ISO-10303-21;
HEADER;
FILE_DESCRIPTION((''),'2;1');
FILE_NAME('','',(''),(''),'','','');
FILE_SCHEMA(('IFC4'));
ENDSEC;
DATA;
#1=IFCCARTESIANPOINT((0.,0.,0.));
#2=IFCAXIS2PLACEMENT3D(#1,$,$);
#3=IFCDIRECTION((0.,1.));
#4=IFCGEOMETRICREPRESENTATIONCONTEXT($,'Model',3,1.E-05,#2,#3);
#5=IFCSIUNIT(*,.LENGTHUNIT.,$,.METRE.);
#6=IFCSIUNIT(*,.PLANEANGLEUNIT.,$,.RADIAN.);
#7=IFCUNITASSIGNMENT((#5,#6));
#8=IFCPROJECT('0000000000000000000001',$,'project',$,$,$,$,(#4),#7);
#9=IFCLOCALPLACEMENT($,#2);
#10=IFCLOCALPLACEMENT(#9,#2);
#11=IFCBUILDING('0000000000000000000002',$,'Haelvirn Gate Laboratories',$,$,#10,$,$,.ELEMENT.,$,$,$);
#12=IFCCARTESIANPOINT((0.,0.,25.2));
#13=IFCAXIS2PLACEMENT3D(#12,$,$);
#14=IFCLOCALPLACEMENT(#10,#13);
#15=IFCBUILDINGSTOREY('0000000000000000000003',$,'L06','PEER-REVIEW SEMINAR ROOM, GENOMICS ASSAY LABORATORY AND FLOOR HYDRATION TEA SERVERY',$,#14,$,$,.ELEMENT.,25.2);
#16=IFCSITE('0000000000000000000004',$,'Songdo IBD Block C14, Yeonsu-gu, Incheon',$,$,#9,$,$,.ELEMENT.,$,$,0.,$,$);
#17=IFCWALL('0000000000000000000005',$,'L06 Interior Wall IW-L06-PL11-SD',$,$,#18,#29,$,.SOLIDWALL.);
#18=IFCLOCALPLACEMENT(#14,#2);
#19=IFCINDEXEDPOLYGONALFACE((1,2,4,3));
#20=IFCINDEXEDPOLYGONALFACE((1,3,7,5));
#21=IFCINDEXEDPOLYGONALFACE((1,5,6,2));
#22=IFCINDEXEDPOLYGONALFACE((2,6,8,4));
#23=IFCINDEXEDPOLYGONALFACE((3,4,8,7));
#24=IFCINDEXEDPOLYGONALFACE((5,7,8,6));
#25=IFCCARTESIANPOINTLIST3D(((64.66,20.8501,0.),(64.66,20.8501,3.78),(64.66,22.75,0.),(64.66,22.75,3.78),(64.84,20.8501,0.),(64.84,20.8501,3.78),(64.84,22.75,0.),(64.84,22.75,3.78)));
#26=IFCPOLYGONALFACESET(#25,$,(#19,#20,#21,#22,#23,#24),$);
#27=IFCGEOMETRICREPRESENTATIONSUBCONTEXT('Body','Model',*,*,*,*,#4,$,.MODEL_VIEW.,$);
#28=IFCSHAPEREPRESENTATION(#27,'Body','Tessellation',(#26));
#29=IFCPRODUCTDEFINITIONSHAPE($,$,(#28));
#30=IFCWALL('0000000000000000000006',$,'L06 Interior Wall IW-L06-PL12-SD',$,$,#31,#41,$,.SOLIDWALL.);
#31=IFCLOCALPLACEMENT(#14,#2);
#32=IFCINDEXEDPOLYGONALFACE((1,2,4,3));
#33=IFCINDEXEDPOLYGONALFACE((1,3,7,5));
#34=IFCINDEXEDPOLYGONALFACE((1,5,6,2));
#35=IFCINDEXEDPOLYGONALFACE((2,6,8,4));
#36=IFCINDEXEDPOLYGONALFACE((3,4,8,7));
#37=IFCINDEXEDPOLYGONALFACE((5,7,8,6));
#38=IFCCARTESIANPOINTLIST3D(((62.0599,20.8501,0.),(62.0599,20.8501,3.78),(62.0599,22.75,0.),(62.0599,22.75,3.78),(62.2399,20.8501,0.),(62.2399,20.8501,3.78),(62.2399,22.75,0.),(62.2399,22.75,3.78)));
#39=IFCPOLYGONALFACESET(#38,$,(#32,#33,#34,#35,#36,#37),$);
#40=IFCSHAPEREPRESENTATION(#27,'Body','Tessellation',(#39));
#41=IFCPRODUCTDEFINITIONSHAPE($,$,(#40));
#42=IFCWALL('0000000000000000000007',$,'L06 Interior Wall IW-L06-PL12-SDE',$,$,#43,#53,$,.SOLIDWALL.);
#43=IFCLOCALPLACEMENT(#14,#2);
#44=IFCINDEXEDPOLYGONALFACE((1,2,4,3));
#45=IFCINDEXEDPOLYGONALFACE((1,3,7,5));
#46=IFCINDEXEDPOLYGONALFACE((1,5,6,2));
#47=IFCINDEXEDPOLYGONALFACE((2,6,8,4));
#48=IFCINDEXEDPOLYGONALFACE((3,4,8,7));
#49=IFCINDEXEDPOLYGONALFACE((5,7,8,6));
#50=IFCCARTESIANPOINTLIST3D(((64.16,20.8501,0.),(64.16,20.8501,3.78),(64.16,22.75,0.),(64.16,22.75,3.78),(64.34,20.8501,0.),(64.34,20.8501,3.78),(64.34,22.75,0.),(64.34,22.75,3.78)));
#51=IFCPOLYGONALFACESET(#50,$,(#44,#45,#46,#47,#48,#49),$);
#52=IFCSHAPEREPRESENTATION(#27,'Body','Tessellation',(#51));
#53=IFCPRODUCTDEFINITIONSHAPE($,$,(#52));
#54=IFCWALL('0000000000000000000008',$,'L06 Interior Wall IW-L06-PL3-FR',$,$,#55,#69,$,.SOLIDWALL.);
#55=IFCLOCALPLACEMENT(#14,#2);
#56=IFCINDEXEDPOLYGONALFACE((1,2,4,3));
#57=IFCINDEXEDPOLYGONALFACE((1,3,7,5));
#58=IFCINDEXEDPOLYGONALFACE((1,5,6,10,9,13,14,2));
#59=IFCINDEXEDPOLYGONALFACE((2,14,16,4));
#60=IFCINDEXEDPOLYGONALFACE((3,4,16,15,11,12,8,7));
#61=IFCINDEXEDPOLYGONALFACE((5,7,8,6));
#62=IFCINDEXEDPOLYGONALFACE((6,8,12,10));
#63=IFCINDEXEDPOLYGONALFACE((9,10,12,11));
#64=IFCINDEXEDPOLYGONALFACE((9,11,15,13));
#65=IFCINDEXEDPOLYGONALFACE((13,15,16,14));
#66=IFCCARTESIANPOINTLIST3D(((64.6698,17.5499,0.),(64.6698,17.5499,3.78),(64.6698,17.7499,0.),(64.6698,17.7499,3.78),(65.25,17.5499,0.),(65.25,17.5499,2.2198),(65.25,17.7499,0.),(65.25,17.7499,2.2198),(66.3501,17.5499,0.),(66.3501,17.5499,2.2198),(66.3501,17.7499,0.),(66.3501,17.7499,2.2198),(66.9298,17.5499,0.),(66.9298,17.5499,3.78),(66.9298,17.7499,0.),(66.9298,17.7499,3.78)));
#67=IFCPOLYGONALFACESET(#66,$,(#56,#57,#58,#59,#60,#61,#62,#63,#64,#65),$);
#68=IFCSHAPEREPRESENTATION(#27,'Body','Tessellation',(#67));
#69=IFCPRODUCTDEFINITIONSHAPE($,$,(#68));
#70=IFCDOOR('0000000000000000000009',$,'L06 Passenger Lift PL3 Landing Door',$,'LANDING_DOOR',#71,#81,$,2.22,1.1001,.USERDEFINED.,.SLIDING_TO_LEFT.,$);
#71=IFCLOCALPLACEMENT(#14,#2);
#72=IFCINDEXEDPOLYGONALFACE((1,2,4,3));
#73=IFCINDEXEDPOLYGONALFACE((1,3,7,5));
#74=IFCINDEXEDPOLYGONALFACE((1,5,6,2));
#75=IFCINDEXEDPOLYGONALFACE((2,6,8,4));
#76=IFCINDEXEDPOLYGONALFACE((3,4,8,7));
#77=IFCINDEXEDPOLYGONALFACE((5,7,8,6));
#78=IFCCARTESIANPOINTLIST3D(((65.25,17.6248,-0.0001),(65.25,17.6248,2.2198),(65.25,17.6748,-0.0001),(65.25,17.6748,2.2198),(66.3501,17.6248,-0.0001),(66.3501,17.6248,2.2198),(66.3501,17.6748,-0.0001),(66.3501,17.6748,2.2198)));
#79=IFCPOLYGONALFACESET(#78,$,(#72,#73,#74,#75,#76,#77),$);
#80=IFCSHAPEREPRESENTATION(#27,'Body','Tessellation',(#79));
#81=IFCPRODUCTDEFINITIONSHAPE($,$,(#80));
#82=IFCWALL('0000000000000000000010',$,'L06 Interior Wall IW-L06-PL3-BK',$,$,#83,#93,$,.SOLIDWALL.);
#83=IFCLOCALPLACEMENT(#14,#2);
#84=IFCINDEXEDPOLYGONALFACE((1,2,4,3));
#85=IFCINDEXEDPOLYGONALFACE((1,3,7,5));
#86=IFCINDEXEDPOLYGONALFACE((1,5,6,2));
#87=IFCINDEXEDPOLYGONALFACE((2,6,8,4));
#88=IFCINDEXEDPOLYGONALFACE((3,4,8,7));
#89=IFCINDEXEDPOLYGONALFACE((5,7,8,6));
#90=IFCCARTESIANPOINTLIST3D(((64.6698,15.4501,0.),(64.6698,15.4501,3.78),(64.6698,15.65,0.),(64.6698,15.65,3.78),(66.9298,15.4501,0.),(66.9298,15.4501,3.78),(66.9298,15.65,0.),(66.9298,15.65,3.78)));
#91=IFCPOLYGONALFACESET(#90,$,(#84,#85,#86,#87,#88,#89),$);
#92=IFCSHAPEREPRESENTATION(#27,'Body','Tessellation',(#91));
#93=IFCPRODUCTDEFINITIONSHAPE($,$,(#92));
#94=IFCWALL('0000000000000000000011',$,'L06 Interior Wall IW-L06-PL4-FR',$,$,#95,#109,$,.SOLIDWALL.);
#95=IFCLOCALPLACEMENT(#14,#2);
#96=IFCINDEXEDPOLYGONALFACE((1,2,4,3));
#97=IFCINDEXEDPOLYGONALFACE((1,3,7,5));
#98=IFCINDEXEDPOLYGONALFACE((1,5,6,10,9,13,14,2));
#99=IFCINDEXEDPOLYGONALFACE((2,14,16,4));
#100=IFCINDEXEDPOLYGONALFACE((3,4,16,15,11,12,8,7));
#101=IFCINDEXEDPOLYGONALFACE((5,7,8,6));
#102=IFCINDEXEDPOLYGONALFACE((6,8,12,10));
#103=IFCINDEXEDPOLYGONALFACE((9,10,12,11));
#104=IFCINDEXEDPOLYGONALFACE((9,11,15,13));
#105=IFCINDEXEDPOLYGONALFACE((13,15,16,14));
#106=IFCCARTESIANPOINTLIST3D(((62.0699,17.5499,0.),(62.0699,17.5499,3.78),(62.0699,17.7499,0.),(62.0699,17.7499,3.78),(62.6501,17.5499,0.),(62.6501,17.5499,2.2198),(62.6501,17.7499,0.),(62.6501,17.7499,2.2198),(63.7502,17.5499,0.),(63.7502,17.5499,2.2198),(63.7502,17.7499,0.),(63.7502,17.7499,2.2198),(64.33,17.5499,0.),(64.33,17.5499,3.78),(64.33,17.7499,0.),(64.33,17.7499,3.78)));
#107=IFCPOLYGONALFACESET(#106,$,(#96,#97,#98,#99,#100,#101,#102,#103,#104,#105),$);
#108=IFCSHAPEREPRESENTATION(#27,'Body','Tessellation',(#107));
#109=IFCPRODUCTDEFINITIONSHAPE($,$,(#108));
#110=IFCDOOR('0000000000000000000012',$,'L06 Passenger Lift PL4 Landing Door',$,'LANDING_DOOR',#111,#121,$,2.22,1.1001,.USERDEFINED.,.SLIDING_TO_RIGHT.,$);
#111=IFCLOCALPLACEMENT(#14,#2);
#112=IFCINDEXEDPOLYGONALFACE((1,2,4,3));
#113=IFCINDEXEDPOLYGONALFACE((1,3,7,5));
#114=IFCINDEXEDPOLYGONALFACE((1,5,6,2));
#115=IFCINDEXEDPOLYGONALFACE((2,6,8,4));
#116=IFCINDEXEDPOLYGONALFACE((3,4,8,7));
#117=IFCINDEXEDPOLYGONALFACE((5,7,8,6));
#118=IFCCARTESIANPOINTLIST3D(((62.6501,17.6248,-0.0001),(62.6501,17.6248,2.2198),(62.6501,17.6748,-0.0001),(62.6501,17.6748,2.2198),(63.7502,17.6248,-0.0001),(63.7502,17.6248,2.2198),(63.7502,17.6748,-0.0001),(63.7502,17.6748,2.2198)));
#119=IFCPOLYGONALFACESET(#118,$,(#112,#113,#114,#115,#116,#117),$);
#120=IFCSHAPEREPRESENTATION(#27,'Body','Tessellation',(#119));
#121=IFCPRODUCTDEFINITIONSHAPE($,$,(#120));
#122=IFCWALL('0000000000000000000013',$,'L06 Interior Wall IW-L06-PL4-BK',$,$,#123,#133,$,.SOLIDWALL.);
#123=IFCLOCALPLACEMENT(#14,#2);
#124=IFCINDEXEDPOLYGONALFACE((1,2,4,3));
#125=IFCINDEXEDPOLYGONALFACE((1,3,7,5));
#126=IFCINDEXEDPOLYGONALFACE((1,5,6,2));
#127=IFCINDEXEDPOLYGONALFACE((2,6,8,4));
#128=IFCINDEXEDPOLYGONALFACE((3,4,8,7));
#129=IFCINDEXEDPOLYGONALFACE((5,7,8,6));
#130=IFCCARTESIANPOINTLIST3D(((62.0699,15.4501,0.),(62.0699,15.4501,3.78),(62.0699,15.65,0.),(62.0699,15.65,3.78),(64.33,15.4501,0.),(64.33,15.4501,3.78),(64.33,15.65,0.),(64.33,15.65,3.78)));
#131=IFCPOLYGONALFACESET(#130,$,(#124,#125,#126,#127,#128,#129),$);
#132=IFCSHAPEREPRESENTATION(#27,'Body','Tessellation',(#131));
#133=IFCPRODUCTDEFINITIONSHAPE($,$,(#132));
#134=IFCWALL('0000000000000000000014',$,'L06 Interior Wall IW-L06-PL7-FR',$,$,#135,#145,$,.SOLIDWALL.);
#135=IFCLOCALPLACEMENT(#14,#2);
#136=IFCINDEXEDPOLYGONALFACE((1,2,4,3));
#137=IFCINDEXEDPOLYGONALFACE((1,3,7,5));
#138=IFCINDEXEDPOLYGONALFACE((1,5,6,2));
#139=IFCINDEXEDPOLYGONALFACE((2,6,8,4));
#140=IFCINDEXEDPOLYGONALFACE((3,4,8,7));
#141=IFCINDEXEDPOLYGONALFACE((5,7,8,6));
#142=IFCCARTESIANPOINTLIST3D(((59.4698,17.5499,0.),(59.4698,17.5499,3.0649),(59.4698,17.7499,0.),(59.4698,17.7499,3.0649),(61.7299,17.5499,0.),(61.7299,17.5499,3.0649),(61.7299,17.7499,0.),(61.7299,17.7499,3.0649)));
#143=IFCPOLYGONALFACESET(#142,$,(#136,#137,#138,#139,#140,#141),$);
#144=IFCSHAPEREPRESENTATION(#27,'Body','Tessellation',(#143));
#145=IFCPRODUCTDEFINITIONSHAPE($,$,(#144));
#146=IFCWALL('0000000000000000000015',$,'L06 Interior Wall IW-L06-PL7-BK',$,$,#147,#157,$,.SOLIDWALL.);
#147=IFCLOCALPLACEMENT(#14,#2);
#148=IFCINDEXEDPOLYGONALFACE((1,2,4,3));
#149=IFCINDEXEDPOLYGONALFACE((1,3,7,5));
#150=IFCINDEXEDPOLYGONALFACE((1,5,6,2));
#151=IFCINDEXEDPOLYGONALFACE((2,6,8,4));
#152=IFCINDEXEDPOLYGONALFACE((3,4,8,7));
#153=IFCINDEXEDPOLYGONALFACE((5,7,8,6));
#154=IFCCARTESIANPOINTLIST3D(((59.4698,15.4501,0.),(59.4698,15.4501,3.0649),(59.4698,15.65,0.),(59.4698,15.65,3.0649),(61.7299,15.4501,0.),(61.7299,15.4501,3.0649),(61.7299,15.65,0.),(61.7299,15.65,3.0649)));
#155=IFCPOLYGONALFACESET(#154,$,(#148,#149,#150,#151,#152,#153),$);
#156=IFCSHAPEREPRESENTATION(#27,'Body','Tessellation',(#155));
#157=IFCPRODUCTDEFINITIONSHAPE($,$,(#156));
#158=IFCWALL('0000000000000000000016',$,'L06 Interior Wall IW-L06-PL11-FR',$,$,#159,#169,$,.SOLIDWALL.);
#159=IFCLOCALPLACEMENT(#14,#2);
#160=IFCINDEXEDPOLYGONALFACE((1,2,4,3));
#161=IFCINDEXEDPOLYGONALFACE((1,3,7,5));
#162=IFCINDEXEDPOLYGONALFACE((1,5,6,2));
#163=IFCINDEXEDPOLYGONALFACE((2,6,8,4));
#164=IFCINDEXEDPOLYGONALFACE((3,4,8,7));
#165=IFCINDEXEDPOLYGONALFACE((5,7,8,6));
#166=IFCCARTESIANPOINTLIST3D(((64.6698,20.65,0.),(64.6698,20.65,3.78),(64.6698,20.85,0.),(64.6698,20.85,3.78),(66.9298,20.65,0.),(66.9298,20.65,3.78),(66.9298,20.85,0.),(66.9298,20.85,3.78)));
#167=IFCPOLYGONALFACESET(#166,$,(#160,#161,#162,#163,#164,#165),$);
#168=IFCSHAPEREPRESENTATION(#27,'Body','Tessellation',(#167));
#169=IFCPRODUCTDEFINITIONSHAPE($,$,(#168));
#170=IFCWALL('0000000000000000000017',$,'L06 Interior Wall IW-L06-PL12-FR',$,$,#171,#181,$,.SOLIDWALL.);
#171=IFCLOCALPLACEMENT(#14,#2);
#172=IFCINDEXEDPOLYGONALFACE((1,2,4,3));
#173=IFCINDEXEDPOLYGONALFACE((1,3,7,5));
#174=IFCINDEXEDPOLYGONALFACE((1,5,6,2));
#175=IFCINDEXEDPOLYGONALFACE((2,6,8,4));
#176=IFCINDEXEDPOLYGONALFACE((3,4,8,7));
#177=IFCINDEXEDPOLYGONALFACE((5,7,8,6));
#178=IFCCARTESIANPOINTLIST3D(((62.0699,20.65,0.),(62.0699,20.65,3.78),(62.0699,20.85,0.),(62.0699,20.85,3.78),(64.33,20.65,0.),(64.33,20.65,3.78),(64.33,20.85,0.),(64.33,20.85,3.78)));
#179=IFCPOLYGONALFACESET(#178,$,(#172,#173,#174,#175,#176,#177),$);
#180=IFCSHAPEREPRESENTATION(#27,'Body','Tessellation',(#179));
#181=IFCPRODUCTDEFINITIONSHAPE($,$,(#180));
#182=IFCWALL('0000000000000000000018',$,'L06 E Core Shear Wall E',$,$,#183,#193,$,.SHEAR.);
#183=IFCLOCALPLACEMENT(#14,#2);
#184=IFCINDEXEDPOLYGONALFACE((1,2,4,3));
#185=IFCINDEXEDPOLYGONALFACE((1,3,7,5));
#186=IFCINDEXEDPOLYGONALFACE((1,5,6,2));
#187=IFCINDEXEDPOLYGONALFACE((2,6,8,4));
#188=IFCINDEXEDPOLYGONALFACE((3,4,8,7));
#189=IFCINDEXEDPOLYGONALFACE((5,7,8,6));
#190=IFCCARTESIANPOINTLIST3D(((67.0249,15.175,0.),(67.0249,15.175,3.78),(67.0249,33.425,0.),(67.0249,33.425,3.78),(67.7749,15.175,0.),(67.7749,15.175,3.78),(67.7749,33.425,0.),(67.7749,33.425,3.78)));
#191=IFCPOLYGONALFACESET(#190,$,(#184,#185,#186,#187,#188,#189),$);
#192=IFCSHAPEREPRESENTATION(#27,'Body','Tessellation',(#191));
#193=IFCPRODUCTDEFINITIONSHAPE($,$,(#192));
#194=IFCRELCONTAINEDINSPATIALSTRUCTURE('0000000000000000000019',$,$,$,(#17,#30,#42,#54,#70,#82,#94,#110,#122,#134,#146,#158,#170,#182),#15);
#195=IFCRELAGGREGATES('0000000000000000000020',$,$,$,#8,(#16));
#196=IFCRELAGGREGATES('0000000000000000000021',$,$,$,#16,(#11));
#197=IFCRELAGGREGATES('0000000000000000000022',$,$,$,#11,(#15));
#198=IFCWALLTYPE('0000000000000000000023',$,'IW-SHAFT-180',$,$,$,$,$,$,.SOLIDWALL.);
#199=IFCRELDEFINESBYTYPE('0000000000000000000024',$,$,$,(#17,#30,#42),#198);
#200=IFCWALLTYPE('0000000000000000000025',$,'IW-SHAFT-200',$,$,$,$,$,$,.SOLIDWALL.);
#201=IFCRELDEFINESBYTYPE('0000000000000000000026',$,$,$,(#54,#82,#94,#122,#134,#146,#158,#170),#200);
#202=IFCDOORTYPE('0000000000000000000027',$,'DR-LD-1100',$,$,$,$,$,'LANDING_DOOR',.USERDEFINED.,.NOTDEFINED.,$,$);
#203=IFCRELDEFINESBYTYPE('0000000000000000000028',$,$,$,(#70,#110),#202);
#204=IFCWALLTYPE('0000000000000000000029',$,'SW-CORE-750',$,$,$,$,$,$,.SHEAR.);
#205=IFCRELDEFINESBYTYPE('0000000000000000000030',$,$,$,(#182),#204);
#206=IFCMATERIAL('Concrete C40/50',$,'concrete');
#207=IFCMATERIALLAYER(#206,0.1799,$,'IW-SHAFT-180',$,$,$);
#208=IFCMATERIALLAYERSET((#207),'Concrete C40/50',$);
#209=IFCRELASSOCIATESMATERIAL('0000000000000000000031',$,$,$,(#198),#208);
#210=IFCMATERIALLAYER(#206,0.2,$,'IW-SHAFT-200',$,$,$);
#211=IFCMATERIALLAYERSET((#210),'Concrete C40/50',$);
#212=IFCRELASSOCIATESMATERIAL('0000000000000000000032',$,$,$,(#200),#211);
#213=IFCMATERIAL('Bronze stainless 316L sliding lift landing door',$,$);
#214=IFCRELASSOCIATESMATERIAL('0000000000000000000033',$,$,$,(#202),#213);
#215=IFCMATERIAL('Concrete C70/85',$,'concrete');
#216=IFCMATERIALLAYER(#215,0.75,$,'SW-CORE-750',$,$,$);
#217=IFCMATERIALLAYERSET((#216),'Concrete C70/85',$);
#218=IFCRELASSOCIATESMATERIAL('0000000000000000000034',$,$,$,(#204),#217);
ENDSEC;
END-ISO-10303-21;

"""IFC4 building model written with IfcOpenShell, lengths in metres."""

from ifc_helpers import new_model, si_unit, direction, frame, frame_2d, origin, place, context, subcontext, project, spatial, rectangle, extrude, source, transform, mapped, material, layer, layer_set, type_object, type_shapes, element, fill, save


model = new_model("IFC4")

# Units and contexts
model_context = context("Model", 3, precision=1e-05, world=origin(), true_north=direction((0.0, 1.0)))
body_context = subcontext(model_context, "Body", "Model", "MODEL_VIEW")
ifc_project = project(units=[si_unit("LENGTHUNIT", "METRE"), si_unit("PLANEANGLEUNIT", "RADIAN")], contexts=[model_context])

# Site, building, storey
site_placement = place(None, origin())
site = spatial("IfcSite", under=ifc_project, at=site_placement, Name="Songdo IBD Block C14, Yeonsu-gu, Incheon", CompositionType="ELEMENT", RefElevation=0.0)
building_placement = place(site_placement, origin())
building = spatial("IfcBuilding", under=site, at=building_placement, Name="Haelvirn Gate Laboratories", CompositionType="ELEMENT")
storey_placement = place(building_placement, frame((0.0, 0.0, 25.2)))
storey = spatial("IfcBuildingStorey", under=building, at=storey_placement, Name="L06", Description="PEER-REVIEW SEMINAR ROOM, GENOMICS ASSAY LABORATORY AND FLOOR HYDRATION TEA SERVERY", CompositionType="ELEMENT", Elevation=25.2)

# Shared definitions
ifc_material_1 = material(Name="Concrete C70/85", Category="concrete")

# Walls
ifc_material_2 = material(Name="Concrete C40/50", Category="concrete")
ifc_layer_1 = layer(ifc_material_2, 0.1799, Name="IW-SHAFT-180")
ifc_layer_set_1 = layer_set([ifc_layer_1], Name="Concrete C40/50")
wall_type_1 = type_object("IfcWallType", Name="IW-SHAFT-180", PredefinedType="SOLIDWALL", material=ifc_layer_set_1)
for number, where, z_axis, x_axis, name in (
    (1, (64.75, 20.8501, 0.0), (0.0, 0.0, 1.0), (0.0, 1.0, 0.0), "L06 Interior Wall IW-L06-PL11-SD"),
    (2, (62.1499, 20.8501, 0.0), (0.0, 0.0, 1.0), (0.0, 1.0, 0.0), "L06 Interior Wall IW-L06-PL12-SD"),
    (3, (64.25, 20.8501, 0.0), (0.0, 0.0, 1.0), (0.0, 1.0, 0.0), "L06 Interior Wall IW-L06-PL12-SDE"),
):
    element("IfcWall", number, at=place(storey_placement, frame(where, z_axis=z_axis, x_axis=x_axis)), inside=storey, type_object=wall_type_1, Name=name, PredefinedType="SOLIDWALL", context=body_context, shape_type="SweptSolid", body=[
        extrude(rectangle(XDim=1.8999, YDim=0.1799, at=frame_2d((0.95, 0.0))), origin(), (0.0, 0.0, 1.0), 3.78),
    ])

# Wall, opening, door
ifc_layer_2 = layer(ifc_material_2, 0.2, Name="IW-SHAFT-200")
ifc_layer_set_2 = layer_set([ifc_layer_2], Name="Concrete C40/50")
wall_type_2 = type_object("IfcWallType", Name="IW-SHAFT-200", PredefinedType="SOLIDWALL", material=ifc_layer_set_2)
wall_1_placement = place(storey_placement, frame((64.6699, 17.6499, 0.0), z_axis=(0.0, 0.0, 1.0), x_axis=(1.0, 0.0, 0.0)))
wall_1 = element("IfcWall", 4, at=wall_1_placement, inside=storey, type_object=wall_type_2, Name="L06 Interior Wall IW-L06-PL3-FR", PredefinedType="SOLIDWALL", context=body_context, shape_type="SweptSolid", body=[
    extrude(rectangle(XDim=2.26, YDim=0.2, at=frame_2d((1.1299, 0.0))), origin(), (0.0, 0.0, 1.0), 3.78),
])
opening_1_placement = place(wall_1_placement, frame((0.5801, 0.0, 0.0)))
opening_1 = element("IfcOpeningElement", 5, at=opening_1_placement, cuts=wall_1, PredefinedType="OPENING", context=body_context, shape_type="SweptSolid", body=[
    extrude(rectangle(XDim=1.1001, YDim=2.22, at=frame_2d((0.55, 1.1099))), frame((0.0, 0.1099, 0.0), z_axis=(0.0, -1.0, 0.0), x_axis=(1.0, 0.0, 0.0)), (0.0, 0.0, 1.0), 0.22),
])
ifc_material_3 = material(Name="Bronze stainless 316L sliding lift landing door")
door_type_1 = type_object("IfcDoorType", Name="DR-LD-1100", ElementType="LANDING_DOOR", OperationType="NOTDEFINED", PredefinedType="USERDEFINED", material=ifc_material_3)
shared_shape_1 = source(origin(), body_context, "Body", "SweptSolid", [
    extrude(rectangle(XDim=1.1001, YDim=2.22, at=frame_2d((0.55, 1.1099))), frame((0.0, 0.0249, 0.0), z_axis=(0.0, -1.0, 0.0), x_axis=(1.0, 0.0, 0.0)), (0.0, 0.0, 1.0), 0.05),
])
type_shapes(door_type_1, [shared_shape_1])
door_1_placement = place(opening_1_placement, origin())
door_1 = element("IfcDoor", 6, at=door_1_placement, inside=storey, type_object=door_type_1, Name="L06 Passenger Lift PL3 Landing Door", ObjectType="LANDING_DOOR", OperationType="SLIDING_TO_LEFT", OverallHeight=2.22, OverallWidth=1.1001, PredefinedType="USERDEFINED", context=body_context, shape_type="MappedRepresentation", body=[
    mapped(shared_shape_1, transform((0.0, 0.0, 0.0), scale=1.0)),
])
fill(opening_1, door_1)

# Wall
wall_2_placement = place(storey_placement, frame((64.6699, 15.55, 0.0), z_axis=(0.0, 0.0, 1.0), x_axis=(1.0, 0.0, 0.0)))
element("IfcWall", 7, at=wall_2_placement, inside=storey, type_object=wall_type_2, Name="L06 Interior Wall IW-L06-PL3-BK", PredefinedType="SOLIDWALL", context=body_context, shape_type="SweptSolid", body=[
    extrude(rectangle(XDim=2.26, YDim=0.2, at=frame_2d((1.1299, 0.0))), origin(), (0.0, 0.0, 1.0), 3.78),
])

# Wall, opening, door
wall_3_placement = place(storey_placement, frame((62.0701, 17.6499, 0.0), z_axis=(0.0, 0.0, 1.0), x_axis=(1.0, 0.0, 0.0)))
wall_3 = element("IfcWall", 8, at=wall_3_placement, inside=storey, type_object=wall_type_2, Name="L06 Interior Wall IW-L06-PL4-FR", PredefinedType="SOLIDWALL", context=body_context, shape_type="SweptSolid", body=[
    extrude(rectangle(XDim=2.26, YDim=0.2, at=frame_2d((1.1299, 0.0))), origin(), (0.0, 0.0, 1.0), 3.78),
])
opening_2_placement = place(wall_3_placement, frame((0.5801, 0.0, 0.0)))
opening_2 = element("IfcOpeningElement", 9, at=opening_2_placement, cuts=wall_3, PredefinedType="OPENING", context=body_context, shape_type="SweptSolid", body=[
    extrude(rectangle(XDim=1.1001, YDim=2.22, at=frame_2d((0.55, 1.1099))), frame((0.0, 0.1099, 0.0), z_axis=(0.0, -1.0, 0.0), x_axis=(1.0, 0.0, 0.0)), (0.0, 0.0, 1.0), 0.22),
])
door_2_placement = place(opening_2_placement, origin())
door_2 = element("IfcDoor", 10, at=door_2_placement, inside=storey, type_object=door_type_1, Name="L06 Passenger Lift PL4 Landing Door", ObjectType="LANDING_DOOR", OperationType="SLIDING_TO_RIGHT", OverallHeight=2.22, OverallWidth=1.1001, PredefinedType="USERDEFINED", context=body_context, shape_type="MappedRepresentation", body=[
    mapped(shared_shape_1, transform((0.0, 0.0, 0.0), scale=1.0)),
])
fill(opening_2, door_2)

# Walls
wall_4_placement = place(storey_placement, frame((62.0701, 15.55, 0.0), z_axis=(0.0, 0.0, 1.0), x_axis=(1.0, 0.0, 0.0)))
element("IfcWall", 11, at=wall_4_placement, inside=storey, type_object=wall_type_2, Name="L06 Interior Wall IW-L06-PL4-BK", PredefinedType="SOLIDWALL", context=body_context, shape_type="SweptSolid", body=[
    extrude(rectangle(XDim=2.26, YDim=0.2, at=frame_2d((1.1299, 0.0))), origin(), (0.0, 0.0, 1.0), 3.78),
])
for number, where, z_axis, x_axis, name in (
    (12, (59.47, 17.6499, 0.0), (0.0, 0.0, 1.0), (1.0, 0.0, 0.0), "L06 Interior Wall IW-L06-PL7-FR"),
    (13, (59.47, 15.55, 0.0), (0.0, 0.0, 1.0), (1.0, 0.0, 0.0), "L06 Interior Wall IW-L06-PL7-BK"),
):
    element("IfcWall", number, at=place(storey_placement, frame(where, z_axis=z_axis, x_axis=x_axis)), inside=storey, type_object=wall_type_2, Name=name, PredefinedType="SOLIDWALL", context=body_context, shape_type="SweptSolid", body=[
        extrude(rectangle(XDim=2.26, YDim=0.2, at=frame_2d((1.1299, 0.0))), origin(), (0.0, 0.0, 1.0), 3.0649),
    ])
for number, where, z_axis, x_axis, name in (
    (14, (64.6699, 20.75, 0.0), (0.0, 0.0, 1.0), (1.0, 0.0, 0.0), "L06 Interior Wall IW-L06-PL11-FR"),
    (15, (62.0701, 20.75, 0.0), (0.0, 0.0, 1.0), (1.0, 0.0, 0.0), "L06 Interior Wall IW-L06-PL12-FR"),
):
    element("IfcWall", number, at=place(storey_placement, frame(where, z_axis=z_axis, x_axis=x_axis)), inside=storey, type_object=wall_type_2, Name=name, PredefinedType="SOLIDWALL", context=body_context, shape_type="SweptSolid", body=[
        extrude(rectangle(XDim=2.26, YDim=0.2, at=frame_2d((1.1299, 0.0))), origin(), (0.0, 0.0, 1.0), 3.78),
    ])
ifc_layer_3 = layer(ifc_material_1, 0.75, Name="SW-CORE-750")
ifc_layer_set_3 = layer_set([ifc_layer_3], Name="Concrete C70/85")
wall_type_3 = type_object("IfcWallType", Name="SW-CORE-750", PredefinedType="SHEAR", material=ifc_layer_set_3)
wall_5_placement = place(storey_placement, frame((67.3999, 15.175, 0.0), z_axis=(0.0, 0.0, 1.0), x_axis=(0.0, 1.0, 0.0)))
element("IfcWall", 16, at=wall_5_placement, inside=storey, type_object=wall_type_3, Name="L06 E Core Shear Wall E", PredefinedType="SHEAR", context=body_context, shape_type="SweptSolid", body=[
    extrude(rectangle(XDim=18.25, YDim=0.75, at=frame_2d((9.125, 0.0))), origin(), (0.0, 0.0, 1.0), 3.78),
])

save(model, "model.ifc")
